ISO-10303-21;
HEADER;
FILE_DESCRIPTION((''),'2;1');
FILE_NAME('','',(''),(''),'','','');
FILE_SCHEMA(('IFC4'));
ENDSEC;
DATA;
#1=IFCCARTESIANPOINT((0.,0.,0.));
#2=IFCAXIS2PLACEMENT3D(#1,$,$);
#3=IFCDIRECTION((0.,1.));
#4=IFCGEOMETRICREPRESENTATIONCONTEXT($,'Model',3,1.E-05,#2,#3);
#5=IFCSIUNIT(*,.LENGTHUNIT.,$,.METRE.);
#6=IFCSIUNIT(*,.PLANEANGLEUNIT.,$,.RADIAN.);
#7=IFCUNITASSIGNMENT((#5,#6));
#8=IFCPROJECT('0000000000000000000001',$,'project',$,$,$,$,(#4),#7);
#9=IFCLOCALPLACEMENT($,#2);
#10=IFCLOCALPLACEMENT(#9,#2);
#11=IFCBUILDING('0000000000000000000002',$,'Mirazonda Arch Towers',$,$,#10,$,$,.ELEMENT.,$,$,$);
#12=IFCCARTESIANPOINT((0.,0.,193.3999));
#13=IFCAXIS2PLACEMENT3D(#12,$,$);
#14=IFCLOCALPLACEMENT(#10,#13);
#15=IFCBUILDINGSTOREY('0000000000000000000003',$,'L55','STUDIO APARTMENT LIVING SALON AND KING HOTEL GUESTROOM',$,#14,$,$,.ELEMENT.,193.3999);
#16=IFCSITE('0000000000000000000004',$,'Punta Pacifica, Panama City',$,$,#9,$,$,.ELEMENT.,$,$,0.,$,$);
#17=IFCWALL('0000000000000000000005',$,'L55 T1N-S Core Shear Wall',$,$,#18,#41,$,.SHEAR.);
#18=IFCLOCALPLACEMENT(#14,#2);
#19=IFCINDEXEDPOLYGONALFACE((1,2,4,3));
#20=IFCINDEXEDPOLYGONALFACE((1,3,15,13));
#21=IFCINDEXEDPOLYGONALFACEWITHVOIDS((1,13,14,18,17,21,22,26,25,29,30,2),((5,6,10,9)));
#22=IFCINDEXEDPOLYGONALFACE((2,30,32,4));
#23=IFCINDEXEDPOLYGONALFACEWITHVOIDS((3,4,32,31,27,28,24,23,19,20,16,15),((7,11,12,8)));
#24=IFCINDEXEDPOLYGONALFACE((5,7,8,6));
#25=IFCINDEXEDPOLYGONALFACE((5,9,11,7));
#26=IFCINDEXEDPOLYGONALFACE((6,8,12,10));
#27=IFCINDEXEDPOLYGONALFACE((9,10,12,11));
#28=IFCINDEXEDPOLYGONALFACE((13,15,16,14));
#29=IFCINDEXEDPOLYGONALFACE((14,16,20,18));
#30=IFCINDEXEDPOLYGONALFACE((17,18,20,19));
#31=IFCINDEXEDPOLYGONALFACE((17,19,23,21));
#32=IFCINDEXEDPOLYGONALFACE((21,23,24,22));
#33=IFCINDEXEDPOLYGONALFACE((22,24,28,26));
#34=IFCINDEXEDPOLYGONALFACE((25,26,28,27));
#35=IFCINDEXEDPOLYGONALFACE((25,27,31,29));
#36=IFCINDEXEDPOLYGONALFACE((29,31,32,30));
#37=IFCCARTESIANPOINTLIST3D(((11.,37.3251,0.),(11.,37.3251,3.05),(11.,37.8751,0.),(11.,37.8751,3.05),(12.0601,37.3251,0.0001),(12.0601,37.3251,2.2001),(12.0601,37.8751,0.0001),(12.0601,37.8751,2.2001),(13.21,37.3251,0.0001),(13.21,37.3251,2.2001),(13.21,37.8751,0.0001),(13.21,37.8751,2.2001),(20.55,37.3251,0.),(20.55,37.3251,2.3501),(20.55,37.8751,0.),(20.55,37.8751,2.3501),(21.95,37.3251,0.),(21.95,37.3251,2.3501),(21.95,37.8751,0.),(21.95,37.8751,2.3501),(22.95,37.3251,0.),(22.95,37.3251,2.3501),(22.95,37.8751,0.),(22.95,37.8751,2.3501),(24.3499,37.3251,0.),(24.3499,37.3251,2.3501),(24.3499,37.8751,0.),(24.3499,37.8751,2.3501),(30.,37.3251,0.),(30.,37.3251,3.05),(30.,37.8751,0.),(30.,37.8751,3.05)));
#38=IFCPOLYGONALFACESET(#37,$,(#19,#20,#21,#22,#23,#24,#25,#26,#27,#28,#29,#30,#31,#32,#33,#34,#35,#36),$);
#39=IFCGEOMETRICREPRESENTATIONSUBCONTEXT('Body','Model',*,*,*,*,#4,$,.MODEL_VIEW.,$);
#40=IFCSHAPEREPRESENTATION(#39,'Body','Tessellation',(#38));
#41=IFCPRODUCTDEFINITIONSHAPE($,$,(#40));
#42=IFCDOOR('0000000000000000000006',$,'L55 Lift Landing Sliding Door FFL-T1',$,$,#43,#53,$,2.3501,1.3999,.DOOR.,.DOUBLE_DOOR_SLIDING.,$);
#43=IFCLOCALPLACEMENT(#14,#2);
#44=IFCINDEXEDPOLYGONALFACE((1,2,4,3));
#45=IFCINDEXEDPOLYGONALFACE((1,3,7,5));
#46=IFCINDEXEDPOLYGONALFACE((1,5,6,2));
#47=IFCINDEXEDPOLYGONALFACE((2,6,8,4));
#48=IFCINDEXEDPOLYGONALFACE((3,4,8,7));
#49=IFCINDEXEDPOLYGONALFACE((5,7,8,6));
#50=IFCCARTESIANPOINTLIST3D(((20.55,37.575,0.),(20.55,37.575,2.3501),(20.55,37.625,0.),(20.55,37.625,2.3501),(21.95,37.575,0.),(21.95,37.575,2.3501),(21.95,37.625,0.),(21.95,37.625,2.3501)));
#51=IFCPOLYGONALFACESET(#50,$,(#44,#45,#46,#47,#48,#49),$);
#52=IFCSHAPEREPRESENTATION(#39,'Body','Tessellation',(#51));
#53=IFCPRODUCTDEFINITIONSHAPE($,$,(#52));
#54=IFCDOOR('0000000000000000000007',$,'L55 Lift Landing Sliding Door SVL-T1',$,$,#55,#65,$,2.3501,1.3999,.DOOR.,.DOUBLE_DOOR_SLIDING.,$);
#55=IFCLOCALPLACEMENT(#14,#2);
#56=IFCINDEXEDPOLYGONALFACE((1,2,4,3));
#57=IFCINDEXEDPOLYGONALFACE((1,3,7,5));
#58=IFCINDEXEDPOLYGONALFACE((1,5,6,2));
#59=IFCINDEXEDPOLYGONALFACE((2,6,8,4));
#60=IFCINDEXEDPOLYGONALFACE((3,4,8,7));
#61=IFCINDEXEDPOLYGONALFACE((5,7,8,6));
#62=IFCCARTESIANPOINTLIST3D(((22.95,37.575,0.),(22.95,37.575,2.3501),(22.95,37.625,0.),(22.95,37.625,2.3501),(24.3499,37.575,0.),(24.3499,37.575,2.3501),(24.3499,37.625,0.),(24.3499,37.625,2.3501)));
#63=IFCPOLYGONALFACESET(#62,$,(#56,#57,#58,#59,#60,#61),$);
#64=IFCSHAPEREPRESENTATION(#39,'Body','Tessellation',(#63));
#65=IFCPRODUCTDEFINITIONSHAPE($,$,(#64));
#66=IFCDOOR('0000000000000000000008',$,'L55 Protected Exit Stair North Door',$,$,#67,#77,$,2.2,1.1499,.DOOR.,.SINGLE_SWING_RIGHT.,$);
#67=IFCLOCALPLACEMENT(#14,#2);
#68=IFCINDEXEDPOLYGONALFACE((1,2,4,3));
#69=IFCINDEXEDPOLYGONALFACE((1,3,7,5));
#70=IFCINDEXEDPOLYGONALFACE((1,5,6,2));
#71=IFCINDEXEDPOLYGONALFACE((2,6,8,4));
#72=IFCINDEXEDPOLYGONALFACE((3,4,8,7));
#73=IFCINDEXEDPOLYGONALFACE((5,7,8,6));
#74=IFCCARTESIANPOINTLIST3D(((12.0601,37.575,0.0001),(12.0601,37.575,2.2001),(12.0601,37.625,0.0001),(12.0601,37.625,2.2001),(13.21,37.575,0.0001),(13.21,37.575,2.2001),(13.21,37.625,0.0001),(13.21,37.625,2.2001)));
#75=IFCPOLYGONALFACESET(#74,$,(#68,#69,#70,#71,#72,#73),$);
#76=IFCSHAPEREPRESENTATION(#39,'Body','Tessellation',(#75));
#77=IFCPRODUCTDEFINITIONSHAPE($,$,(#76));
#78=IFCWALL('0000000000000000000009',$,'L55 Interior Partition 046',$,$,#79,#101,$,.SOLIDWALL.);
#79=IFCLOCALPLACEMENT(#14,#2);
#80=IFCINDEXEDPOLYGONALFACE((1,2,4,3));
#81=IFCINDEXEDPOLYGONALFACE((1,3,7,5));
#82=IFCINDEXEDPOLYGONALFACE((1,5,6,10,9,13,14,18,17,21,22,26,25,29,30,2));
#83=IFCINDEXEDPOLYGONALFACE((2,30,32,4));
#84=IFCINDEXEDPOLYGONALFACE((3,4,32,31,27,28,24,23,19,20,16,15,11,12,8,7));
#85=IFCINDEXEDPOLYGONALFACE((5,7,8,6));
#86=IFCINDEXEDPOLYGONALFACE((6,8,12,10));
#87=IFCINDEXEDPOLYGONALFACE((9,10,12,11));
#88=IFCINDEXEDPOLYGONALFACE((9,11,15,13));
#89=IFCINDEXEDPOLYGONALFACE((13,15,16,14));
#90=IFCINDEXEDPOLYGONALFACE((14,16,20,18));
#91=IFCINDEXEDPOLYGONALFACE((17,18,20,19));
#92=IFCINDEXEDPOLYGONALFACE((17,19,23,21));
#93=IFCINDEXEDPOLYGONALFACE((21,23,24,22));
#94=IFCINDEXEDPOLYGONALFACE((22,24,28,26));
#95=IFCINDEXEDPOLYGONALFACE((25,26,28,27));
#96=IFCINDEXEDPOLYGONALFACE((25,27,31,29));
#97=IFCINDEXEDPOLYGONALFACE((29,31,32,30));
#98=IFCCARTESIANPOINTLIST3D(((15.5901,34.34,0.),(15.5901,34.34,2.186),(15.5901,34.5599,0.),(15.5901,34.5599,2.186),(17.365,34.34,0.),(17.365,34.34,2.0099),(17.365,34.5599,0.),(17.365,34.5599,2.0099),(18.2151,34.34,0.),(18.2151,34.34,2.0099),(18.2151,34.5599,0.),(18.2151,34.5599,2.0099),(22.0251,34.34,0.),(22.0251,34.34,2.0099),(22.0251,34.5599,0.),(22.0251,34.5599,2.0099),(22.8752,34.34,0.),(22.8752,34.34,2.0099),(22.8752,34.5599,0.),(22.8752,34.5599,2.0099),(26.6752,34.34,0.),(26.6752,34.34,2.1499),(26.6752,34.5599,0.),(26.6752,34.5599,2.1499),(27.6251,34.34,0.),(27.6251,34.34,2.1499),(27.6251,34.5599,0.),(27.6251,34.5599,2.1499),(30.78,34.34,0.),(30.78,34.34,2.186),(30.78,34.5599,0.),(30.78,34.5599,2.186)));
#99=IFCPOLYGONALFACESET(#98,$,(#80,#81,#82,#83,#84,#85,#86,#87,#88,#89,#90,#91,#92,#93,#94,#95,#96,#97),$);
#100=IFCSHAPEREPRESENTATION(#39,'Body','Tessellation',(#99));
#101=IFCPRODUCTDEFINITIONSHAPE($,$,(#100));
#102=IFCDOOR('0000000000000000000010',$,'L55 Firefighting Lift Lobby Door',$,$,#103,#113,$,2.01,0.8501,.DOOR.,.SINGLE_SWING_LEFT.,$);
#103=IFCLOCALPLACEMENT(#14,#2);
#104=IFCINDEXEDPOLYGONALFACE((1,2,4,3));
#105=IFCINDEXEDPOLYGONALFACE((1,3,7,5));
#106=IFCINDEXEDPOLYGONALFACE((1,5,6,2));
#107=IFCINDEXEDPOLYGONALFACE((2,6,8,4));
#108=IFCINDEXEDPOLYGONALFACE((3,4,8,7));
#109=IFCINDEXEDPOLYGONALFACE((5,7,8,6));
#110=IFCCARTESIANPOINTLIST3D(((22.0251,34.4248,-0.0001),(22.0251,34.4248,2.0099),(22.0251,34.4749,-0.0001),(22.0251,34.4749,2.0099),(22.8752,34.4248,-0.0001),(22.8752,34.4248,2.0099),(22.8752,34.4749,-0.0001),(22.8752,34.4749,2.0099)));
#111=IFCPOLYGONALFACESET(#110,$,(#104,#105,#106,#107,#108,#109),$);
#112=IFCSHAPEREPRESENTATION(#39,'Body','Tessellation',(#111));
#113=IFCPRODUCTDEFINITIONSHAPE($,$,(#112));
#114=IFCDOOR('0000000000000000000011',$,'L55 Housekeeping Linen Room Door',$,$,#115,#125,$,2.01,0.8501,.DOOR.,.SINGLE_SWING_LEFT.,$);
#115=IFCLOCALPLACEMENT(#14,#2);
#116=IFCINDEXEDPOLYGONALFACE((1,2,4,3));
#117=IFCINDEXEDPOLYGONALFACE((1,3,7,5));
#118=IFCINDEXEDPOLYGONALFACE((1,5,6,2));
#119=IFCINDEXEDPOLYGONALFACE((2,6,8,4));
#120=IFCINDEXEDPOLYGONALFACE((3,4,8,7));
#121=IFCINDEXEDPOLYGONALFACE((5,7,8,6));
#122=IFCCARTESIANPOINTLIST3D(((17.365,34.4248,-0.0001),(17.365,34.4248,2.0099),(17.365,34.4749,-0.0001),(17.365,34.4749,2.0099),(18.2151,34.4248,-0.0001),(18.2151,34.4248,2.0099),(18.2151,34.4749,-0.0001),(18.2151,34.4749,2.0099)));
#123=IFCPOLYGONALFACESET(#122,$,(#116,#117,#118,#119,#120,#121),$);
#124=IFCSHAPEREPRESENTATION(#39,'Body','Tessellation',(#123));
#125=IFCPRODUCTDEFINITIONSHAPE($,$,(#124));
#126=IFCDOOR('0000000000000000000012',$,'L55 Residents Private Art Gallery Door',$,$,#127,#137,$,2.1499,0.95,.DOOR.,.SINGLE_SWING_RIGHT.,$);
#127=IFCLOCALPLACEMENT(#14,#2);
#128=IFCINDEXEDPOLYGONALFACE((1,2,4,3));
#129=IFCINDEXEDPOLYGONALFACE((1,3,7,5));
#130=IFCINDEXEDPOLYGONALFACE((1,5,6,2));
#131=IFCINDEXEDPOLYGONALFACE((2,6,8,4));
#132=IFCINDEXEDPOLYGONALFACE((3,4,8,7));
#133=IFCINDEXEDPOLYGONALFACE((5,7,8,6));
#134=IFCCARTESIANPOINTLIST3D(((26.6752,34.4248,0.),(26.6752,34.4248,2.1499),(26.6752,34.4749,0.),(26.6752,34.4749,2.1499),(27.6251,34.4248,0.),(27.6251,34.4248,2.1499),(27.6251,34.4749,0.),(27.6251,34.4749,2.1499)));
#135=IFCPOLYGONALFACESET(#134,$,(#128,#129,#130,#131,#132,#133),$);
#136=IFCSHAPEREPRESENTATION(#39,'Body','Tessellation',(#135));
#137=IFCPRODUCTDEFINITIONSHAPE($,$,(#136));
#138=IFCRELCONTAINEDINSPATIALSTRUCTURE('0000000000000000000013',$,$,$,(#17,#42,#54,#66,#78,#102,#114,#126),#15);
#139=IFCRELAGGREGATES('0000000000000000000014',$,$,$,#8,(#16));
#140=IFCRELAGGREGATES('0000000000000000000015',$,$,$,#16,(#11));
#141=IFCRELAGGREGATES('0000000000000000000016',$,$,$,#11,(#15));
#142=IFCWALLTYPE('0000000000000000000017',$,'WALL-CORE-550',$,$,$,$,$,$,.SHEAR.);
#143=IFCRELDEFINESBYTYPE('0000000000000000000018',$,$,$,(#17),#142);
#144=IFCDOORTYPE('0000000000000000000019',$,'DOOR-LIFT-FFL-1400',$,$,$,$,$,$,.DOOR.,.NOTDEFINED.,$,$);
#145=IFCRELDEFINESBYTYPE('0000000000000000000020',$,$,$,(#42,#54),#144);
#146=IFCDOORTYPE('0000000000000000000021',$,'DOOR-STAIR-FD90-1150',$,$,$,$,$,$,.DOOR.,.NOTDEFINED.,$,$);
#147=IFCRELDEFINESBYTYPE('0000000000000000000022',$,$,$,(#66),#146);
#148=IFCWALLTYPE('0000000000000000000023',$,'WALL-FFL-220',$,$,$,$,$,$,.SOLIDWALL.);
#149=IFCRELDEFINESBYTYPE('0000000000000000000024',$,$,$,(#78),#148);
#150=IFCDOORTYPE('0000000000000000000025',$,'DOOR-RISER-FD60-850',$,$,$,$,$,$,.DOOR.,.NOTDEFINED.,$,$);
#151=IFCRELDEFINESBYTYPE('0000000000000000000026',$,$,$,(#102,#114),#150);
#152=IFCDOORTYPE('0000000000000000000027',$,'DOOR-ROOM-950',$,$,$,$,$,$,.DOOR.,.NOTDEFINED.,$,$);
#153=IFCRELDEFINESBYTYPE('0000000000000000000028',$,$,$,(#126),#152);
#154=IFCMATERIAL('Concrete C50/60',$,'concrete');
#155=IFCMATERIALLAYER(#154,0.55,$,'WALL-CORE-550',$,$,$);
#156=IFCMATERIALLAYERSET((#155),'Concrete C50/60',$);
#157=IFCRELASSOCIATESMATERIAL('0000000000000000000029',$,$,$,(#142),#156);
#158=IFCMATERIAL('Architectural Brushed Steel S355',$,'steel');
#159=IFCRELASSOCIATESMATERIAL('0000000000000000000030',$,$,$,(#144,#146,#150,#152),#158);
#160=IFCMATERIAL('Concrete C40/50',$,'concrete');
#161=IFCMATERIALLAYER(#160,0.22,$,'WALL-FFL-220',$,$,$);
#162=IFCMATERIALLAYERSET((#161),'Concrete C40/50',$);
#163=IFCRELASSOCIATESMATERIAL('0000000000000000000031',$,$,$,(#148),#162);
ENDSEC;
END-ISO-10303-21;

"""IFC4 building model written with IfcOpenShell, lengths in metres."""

from ifc_helpers import new_model, si_unit, direction, frame, frame_2d, origin, place, context, subcontext, project, spatial, rectangle, extrude, material, layer, layer_set, type_object, element, fill, save


model = new_model("IFC4")

# Units and contexts
model_context = context("Model", 3, precision=1e-05, world=origin(), true_north=direction((0.0, 1.0)))
body_context = subcontext(model_context, "Body", "Model", "MODEL_VIEW")
ifc_project = project(units=[si_unit("LENGTHUNIT", "METRE"), si_unit("PLANEANGLEUNIT", "RADIAN")], contexts=[model_context])

# Site, building, storey
site_placement = place(None, origin())
site = spatial("IfcSite", under=ifc_project, at=site_placement, Name="Punta Pacifica, Panama City", CompositionType="ELEMENT", RefElevation=0.0)
building_placement = place(site_placement, origin())
building = spatial("IfcBuilding", under=site, at=building_placement, Name="Mirazonda Arch Towers", CompositionType="ELEMENT")
storey_placement = place(building_placement, frame((0.0, 0.0, 193.3999)))
storey = spatial("IfcBuildingStorey", under=building, at=storey_placement, Name="L55", Description="STUDIO APARTMENT LIVING SALON AND KING HOTEL GUESTROOM", CompositionType="ELEMENT", Elevation=193.3999)

# Shared definitions
ifc_material_1 = material(Name="Concrete C50/60", Category="concrete")

# Shared definitions
ifc_layer_1 = layer(ifc_material_1, 0.55, Name="WALL-CORE-550")
ifc_layer_set_1 = layer_set([ifc_layer_1], Name="Concrete C50/60")
wall_type_1 = type_object("IfcWallType", Name="WALL-CORE-550", PredefinedType="SHEAR", material=ifc_layer_set_1)

# Walls, openings, doors
wall_1_placement = place(storey_placement, frame((11.0, 37.6001, 0.0), z_axis=(0.0, 0.0, 1.0), x_axis=(1.0, 0.0, 0.0)))
wall_1 = element("IfcWall", 1, at=wall_1_placement, inside=storey, type_object=wall_type_1, Name="L55 T1N-S Core Shear Wall", PredefinedType="SHEAR", context=body_context, shape_type="SweptSolid", body=[
    extrude(rectangle(XDim=19.0, YDim=0.55, at=frame_2d((9.5, 0.0))), origin(), (0.0, 0.0, 1.0), 3.05),
])
opening_1_placement = place(wall_1_placement, frame((1.0601, 0.0, 0.0)))
opening_1 = element("IfcOpeningElement", 2, at=opening_1_placement, cuts=wall_1, PredefinedType="OPENING", context=body_context, shape_type="SweptSolid", body=[
    extrude(rectangle(XDim=1.1499, YDim=2.2, at=frame_2d((0.575, 1.1001))), frame((0.0, 0.2849, 0.0), z_axis=(0.0, -1.0, 0.0), x_axis=(1.0, 0.0, 0.0)), (0.0, 0.0, 1.0), 0.5701),
])
opening_2_placement = place(wall_1_placement, frame((9.55, 0.0, 0.0)))
opening_2 = element("IfcOpeningElement", 3, at=opening_2_placement, cuts=wall_1, PredefinedType="OPENING", context=body_context, shape_type="SweptSolid", body=[
    extrude(rectangle(XDim=1.3999, YDim=2.3501, at=frame_2d((0.7, 1.175))), frame((0.0, 0.2849, 0.0), z_axis=(0.0, -1.0, 0.0), x_axis=(1.0, 0.0, 0.0)), (0.0, 0.0, 1.0), 0.5701),
])
opening_3_placement = place(wall_1_placement, frame((11.95, 0.0, 0.0)))
opening_3 = element("IfcOpeningElement", 4, at=opening_3_placement, cuts=wall_1, PredefinedType="OPENING", context=body_context, shape_type="SweptSolid", body=[
    extrude(rectangle(XDim=1.3999, YDim=2.3501, at=frame_2d((0.7, 1.175))), frame((0.0, 0.2849, 0.0), z_axis=(0.0, -1.0, 0.0), x_axis=(1.0, 0.0, 0.0)), (0.0, 0.0, 1.0), 0.5701),
])
ifc_material_2 = material(Name="Architectural Brushed Steel S355", Category="steel")
door_type_1 = type_object("IfcDoorType", Name="DOOR-LIFT-FFL-1400", OperationType="NOTDEFINED", PredefinedType="DOOR", material=ifc_material_2)
door_1_placement = place(opening_2_placement, origin())
door_1 = element("IfcDoor", 5, at=door_1_placement, inside=storey, type_object=door_type_1, Name="L55 Lift Landing Sliding Door FFL-T1", OperationType="DOUBLE_DOOR_SLIDING", OverallHeight=2.3501, OverallWidth=1.3999, PredefinedType="DOOR", context=body_context, shape_type="SweptSolid", body=[
    extrude(rectangle(XDim=1.3999, YDim=2.3501, at=frame_2d((0.7, 1.175))), frame((0.0, 0.0249, 0.0), z_axis=(0.0, -1.0, 0.0), x_axis=(1.0, 0.0, 0.0)), (0.0, 0.0, 1.0), 0.05),
])
fill(opening_2, door_1)
door_2_placement = place(opening_3_placement, origin())
door_2 = element("IfcDoor", 6, at=door_2_placement, inside=storey, type_object=door_type_1, Name="L55 Lift Landing Sliding Door SVL-T1", OperationType="DOUBLE_DOOR_SLIDING", OverallHeight=2.3501, OverallWidth=1.3999, PredefinedType="DOOR", context=body_context, shape_type="SweptSolid", body=[
    extrude(rectangle(XDim=1.3999, YDim=2.3501, at=frame_2d((0.7, 1.175))), frame((0.0, 0.0249, 0.0), z_axis=(0.0, -1.0, 0.0), x_axis=(1.0, 0.0, 0.0)), (0.0, 0.0, 1.0), 0.05),
])
fill(opening_3, door_2)
door_type_2 = type_object("IfcDoorType", Name="DOOR-STAIR-FD90-1150", OperationType="NOTDEFINED", PredefinedType="DOOR", material=ifc_material_2)
door_3_placement = place(opening_1_placement, origin())
door_3 = element("IfcDoor", 7, at=door_3_placement, inside=storey, type_object=door_type_2, Name="L55 Protected Exit Stair North Door", OperationType="SINGLE_SWING_RIGHT", OverallHeight=2.2, OverallWidth=1.1499, PredefinedType="DOOR", context=body_context, shape_type="SweptSolid", body=[
    extrude(rectangle(XDim=1.1499, YDim=2.2, at=frame_2d((0.575, 1.1001))), frame((0.0, 0.0249, 0.0), z_axis=(0.0, -1.0, 0.0), x_axis=(1.0, 0.0, 0.0)), (0.0, 0.0, 1.0), 0.05),
])
fill(opening_1, door_3)
ifc_material_3 = material(Name="Concrete C40/50", Category="concrete")
ifc_layer_2 = layer(ifc_material_3, 0.22, Name="WALL-FFL-220")
ifc_layer_set_2 = layer_set([ifc_layer_2], Name="Concrete C40/50")
wall_type_2 = type_object("IfcWallType", Name="WALL-FFL-220", PredefinedType="SOLIDWALL", material=ifc_layer_set_2)
wall_2_placement = place(storey_placement, frame((15.5901, 34.45, 0.0), z_axis=(0.0, 0.0, 1.0), x_axis=(1.0, 0.0, 0.0)))
wall_2 = element("IfcWall", 8, at=wall_2_placement, inside=storey, type_object=wall_type_2, Name="L55 Interior Partition 046", PredefinedType="SOLIDWALL", context=body_context, shape_type="SweptSolid", body=[
    extrude(rectangle(XDim=15.1899, YDim=0.22, at=frame_2d((7.595, 0.0))), origin(), (0.0, 0.0, 1.0), 2.186),
])
opening_4_placement = place(wall_2_placement, frame((6.4351, 0.0, 0.0)))
opening_4 = element("IfcOpeningElement", 9, at=opening_4_placement, cuts=wall_2, PredefinedType="OPENING", context=body_context, shape_type="SweptSolid", body=[
    extrude(rectangle(XDim=0.8501, YDim=2.01, at=frame_2d((0.425, 1.0049))), frame((0.0, 0.1199, 0.0), z_axis=(0.0, -1.0, 0.0), x_axis=(1.0, 0.0, 0.0)), (0.0, 0.0, 1.0), 0.24),
])
opening_5_placement = place(wall_2_placement, frame((11.085, 0.0, 0.0)))
opening_5 = element("IfcOpeningElement", 10, at=opening_5_placement, cuts=wall_2, PredefinedType="OPENING", context=body_context, shape_type="SweptSolid", body=[
    extrude(rectangle(XDim=0.95, YDim=2.1499, at=frame_2d((0.4751, 1.075))), frame((0.0, 0.1199, 0.0), z_axis=(0.0, -1.0, 0.0), x_axis=(1.0, 0.0, 0.0)), (0.0, 0.0, 1.0), 0.24),
])
opening_6_placement = place(wall_2_placement, frame((1.7749, 0.0, 0.0)))
opening_6 = element("IfcOpeningElement", 11, at=opening_6_placement, cuts=wall_2, PredefinedType="OPENING", context=body_context, shape_type="SweptSolid", body=[
    extrude(rectangle(XDim=0.8501, YDim=2.01, at=frame_2d((0.425, 1.0049))), frame((0.0, 0.1199, 0.0), z_axis=(0.0, -1.0, 0.0), x_axis=(1.0, 0.0, 0.0)), (0.0, 0.0, 1.0), 0.24),
])
door_type_3 = type_object("IfcDoorType", Name="DOOR-RISER-FD60-850", OperationType="NOTDEFINED", PredefinedType="DOOR", material=ifc_material_2)
door_4_placement = place(opening_4_placement, origin())
door_4 = element("IfcDoor", 12, at=door_4_placement, inside=storey, type_object=door_type_3, Name="L55 Firefighting Lift Lobby Door", OperationType="SINGLE_SWING_LEFT", OverallHeight=2.01, OverallWidth=0.8501, PredefinedType="DOOR", context=body_context, shape_type="SweptSolid", body=[
    extrude(rectangle(XDim=0.8501, YDim=2.01, at=frame_2d((0.425, 1.0049))), frame((0.0, 0.0249, 0.0), z_axis=(0.0, -1.0, 0.0), x_axis=(1.0, 0.0, 0.0)), (0.0, 0.0, 1.0), 0.05),
])
fill(opening_4, door_4)
door_5_placement = place(opening_6_placement, origin())
door_5 = element("IfcDoor", 13, at=door_5_placement, inside=storey, type_object=door_type_3, Name="L55 Housekeeping Linen Room Door", OperationType="SINGLE_SWING_LEFT", OverallHeight=2.01, OverallWidth=0.8501, PredefinedType="DOOR", context=body_context, shape_type="SweptSolid", body=[
    extrude(rectangle(XDim=0.8501, YDim=2.01, at=frame_2d((0.425, 1.0049))), frame((0.0, 0.0249, 0.0), z_axis=(0.0, -1.0, 0.0), x_axis=(1.0, 0.0, 0.0)), (0.0, 0.0, 1.0), 0.05),
])
fill(opening_6, door_5)
door_type_4 = type_object("IfcDoorType", Name="DOOR-ROOM-950", OperationType="NOTDEFINED", PredefinedType="DOOR", material=ifc_material_2)
door_6_placement = place(opening_5_placement, origin())
door_6 = element("IfcDoor", 14, at=door_6_placement, inside=storey, type_object=door_type_4, Name="L55 Residents Private Art Gallery Door", OperationType="SINGLE_SWING_RIGHT", OverallHeight=2.1499, OverallWidth=0.95, PredefinedType="DOOR", context=body_context, shape_type="SweptSolid", body=[
    extrude(rectangle(XDim=0.95, YDim=2.1499, at=frame_2d((0.4751, 1.075))), frame((0.0, 0.0249, 0.0), z_axis=(0.0, -1.0, 0.0), x_axis=(1.0, 0.0, 0.0)), (0.0, 0.0, 1.0), 0.05),
])
fill(opening_5, door_6)

save(model, "model.ifc")
